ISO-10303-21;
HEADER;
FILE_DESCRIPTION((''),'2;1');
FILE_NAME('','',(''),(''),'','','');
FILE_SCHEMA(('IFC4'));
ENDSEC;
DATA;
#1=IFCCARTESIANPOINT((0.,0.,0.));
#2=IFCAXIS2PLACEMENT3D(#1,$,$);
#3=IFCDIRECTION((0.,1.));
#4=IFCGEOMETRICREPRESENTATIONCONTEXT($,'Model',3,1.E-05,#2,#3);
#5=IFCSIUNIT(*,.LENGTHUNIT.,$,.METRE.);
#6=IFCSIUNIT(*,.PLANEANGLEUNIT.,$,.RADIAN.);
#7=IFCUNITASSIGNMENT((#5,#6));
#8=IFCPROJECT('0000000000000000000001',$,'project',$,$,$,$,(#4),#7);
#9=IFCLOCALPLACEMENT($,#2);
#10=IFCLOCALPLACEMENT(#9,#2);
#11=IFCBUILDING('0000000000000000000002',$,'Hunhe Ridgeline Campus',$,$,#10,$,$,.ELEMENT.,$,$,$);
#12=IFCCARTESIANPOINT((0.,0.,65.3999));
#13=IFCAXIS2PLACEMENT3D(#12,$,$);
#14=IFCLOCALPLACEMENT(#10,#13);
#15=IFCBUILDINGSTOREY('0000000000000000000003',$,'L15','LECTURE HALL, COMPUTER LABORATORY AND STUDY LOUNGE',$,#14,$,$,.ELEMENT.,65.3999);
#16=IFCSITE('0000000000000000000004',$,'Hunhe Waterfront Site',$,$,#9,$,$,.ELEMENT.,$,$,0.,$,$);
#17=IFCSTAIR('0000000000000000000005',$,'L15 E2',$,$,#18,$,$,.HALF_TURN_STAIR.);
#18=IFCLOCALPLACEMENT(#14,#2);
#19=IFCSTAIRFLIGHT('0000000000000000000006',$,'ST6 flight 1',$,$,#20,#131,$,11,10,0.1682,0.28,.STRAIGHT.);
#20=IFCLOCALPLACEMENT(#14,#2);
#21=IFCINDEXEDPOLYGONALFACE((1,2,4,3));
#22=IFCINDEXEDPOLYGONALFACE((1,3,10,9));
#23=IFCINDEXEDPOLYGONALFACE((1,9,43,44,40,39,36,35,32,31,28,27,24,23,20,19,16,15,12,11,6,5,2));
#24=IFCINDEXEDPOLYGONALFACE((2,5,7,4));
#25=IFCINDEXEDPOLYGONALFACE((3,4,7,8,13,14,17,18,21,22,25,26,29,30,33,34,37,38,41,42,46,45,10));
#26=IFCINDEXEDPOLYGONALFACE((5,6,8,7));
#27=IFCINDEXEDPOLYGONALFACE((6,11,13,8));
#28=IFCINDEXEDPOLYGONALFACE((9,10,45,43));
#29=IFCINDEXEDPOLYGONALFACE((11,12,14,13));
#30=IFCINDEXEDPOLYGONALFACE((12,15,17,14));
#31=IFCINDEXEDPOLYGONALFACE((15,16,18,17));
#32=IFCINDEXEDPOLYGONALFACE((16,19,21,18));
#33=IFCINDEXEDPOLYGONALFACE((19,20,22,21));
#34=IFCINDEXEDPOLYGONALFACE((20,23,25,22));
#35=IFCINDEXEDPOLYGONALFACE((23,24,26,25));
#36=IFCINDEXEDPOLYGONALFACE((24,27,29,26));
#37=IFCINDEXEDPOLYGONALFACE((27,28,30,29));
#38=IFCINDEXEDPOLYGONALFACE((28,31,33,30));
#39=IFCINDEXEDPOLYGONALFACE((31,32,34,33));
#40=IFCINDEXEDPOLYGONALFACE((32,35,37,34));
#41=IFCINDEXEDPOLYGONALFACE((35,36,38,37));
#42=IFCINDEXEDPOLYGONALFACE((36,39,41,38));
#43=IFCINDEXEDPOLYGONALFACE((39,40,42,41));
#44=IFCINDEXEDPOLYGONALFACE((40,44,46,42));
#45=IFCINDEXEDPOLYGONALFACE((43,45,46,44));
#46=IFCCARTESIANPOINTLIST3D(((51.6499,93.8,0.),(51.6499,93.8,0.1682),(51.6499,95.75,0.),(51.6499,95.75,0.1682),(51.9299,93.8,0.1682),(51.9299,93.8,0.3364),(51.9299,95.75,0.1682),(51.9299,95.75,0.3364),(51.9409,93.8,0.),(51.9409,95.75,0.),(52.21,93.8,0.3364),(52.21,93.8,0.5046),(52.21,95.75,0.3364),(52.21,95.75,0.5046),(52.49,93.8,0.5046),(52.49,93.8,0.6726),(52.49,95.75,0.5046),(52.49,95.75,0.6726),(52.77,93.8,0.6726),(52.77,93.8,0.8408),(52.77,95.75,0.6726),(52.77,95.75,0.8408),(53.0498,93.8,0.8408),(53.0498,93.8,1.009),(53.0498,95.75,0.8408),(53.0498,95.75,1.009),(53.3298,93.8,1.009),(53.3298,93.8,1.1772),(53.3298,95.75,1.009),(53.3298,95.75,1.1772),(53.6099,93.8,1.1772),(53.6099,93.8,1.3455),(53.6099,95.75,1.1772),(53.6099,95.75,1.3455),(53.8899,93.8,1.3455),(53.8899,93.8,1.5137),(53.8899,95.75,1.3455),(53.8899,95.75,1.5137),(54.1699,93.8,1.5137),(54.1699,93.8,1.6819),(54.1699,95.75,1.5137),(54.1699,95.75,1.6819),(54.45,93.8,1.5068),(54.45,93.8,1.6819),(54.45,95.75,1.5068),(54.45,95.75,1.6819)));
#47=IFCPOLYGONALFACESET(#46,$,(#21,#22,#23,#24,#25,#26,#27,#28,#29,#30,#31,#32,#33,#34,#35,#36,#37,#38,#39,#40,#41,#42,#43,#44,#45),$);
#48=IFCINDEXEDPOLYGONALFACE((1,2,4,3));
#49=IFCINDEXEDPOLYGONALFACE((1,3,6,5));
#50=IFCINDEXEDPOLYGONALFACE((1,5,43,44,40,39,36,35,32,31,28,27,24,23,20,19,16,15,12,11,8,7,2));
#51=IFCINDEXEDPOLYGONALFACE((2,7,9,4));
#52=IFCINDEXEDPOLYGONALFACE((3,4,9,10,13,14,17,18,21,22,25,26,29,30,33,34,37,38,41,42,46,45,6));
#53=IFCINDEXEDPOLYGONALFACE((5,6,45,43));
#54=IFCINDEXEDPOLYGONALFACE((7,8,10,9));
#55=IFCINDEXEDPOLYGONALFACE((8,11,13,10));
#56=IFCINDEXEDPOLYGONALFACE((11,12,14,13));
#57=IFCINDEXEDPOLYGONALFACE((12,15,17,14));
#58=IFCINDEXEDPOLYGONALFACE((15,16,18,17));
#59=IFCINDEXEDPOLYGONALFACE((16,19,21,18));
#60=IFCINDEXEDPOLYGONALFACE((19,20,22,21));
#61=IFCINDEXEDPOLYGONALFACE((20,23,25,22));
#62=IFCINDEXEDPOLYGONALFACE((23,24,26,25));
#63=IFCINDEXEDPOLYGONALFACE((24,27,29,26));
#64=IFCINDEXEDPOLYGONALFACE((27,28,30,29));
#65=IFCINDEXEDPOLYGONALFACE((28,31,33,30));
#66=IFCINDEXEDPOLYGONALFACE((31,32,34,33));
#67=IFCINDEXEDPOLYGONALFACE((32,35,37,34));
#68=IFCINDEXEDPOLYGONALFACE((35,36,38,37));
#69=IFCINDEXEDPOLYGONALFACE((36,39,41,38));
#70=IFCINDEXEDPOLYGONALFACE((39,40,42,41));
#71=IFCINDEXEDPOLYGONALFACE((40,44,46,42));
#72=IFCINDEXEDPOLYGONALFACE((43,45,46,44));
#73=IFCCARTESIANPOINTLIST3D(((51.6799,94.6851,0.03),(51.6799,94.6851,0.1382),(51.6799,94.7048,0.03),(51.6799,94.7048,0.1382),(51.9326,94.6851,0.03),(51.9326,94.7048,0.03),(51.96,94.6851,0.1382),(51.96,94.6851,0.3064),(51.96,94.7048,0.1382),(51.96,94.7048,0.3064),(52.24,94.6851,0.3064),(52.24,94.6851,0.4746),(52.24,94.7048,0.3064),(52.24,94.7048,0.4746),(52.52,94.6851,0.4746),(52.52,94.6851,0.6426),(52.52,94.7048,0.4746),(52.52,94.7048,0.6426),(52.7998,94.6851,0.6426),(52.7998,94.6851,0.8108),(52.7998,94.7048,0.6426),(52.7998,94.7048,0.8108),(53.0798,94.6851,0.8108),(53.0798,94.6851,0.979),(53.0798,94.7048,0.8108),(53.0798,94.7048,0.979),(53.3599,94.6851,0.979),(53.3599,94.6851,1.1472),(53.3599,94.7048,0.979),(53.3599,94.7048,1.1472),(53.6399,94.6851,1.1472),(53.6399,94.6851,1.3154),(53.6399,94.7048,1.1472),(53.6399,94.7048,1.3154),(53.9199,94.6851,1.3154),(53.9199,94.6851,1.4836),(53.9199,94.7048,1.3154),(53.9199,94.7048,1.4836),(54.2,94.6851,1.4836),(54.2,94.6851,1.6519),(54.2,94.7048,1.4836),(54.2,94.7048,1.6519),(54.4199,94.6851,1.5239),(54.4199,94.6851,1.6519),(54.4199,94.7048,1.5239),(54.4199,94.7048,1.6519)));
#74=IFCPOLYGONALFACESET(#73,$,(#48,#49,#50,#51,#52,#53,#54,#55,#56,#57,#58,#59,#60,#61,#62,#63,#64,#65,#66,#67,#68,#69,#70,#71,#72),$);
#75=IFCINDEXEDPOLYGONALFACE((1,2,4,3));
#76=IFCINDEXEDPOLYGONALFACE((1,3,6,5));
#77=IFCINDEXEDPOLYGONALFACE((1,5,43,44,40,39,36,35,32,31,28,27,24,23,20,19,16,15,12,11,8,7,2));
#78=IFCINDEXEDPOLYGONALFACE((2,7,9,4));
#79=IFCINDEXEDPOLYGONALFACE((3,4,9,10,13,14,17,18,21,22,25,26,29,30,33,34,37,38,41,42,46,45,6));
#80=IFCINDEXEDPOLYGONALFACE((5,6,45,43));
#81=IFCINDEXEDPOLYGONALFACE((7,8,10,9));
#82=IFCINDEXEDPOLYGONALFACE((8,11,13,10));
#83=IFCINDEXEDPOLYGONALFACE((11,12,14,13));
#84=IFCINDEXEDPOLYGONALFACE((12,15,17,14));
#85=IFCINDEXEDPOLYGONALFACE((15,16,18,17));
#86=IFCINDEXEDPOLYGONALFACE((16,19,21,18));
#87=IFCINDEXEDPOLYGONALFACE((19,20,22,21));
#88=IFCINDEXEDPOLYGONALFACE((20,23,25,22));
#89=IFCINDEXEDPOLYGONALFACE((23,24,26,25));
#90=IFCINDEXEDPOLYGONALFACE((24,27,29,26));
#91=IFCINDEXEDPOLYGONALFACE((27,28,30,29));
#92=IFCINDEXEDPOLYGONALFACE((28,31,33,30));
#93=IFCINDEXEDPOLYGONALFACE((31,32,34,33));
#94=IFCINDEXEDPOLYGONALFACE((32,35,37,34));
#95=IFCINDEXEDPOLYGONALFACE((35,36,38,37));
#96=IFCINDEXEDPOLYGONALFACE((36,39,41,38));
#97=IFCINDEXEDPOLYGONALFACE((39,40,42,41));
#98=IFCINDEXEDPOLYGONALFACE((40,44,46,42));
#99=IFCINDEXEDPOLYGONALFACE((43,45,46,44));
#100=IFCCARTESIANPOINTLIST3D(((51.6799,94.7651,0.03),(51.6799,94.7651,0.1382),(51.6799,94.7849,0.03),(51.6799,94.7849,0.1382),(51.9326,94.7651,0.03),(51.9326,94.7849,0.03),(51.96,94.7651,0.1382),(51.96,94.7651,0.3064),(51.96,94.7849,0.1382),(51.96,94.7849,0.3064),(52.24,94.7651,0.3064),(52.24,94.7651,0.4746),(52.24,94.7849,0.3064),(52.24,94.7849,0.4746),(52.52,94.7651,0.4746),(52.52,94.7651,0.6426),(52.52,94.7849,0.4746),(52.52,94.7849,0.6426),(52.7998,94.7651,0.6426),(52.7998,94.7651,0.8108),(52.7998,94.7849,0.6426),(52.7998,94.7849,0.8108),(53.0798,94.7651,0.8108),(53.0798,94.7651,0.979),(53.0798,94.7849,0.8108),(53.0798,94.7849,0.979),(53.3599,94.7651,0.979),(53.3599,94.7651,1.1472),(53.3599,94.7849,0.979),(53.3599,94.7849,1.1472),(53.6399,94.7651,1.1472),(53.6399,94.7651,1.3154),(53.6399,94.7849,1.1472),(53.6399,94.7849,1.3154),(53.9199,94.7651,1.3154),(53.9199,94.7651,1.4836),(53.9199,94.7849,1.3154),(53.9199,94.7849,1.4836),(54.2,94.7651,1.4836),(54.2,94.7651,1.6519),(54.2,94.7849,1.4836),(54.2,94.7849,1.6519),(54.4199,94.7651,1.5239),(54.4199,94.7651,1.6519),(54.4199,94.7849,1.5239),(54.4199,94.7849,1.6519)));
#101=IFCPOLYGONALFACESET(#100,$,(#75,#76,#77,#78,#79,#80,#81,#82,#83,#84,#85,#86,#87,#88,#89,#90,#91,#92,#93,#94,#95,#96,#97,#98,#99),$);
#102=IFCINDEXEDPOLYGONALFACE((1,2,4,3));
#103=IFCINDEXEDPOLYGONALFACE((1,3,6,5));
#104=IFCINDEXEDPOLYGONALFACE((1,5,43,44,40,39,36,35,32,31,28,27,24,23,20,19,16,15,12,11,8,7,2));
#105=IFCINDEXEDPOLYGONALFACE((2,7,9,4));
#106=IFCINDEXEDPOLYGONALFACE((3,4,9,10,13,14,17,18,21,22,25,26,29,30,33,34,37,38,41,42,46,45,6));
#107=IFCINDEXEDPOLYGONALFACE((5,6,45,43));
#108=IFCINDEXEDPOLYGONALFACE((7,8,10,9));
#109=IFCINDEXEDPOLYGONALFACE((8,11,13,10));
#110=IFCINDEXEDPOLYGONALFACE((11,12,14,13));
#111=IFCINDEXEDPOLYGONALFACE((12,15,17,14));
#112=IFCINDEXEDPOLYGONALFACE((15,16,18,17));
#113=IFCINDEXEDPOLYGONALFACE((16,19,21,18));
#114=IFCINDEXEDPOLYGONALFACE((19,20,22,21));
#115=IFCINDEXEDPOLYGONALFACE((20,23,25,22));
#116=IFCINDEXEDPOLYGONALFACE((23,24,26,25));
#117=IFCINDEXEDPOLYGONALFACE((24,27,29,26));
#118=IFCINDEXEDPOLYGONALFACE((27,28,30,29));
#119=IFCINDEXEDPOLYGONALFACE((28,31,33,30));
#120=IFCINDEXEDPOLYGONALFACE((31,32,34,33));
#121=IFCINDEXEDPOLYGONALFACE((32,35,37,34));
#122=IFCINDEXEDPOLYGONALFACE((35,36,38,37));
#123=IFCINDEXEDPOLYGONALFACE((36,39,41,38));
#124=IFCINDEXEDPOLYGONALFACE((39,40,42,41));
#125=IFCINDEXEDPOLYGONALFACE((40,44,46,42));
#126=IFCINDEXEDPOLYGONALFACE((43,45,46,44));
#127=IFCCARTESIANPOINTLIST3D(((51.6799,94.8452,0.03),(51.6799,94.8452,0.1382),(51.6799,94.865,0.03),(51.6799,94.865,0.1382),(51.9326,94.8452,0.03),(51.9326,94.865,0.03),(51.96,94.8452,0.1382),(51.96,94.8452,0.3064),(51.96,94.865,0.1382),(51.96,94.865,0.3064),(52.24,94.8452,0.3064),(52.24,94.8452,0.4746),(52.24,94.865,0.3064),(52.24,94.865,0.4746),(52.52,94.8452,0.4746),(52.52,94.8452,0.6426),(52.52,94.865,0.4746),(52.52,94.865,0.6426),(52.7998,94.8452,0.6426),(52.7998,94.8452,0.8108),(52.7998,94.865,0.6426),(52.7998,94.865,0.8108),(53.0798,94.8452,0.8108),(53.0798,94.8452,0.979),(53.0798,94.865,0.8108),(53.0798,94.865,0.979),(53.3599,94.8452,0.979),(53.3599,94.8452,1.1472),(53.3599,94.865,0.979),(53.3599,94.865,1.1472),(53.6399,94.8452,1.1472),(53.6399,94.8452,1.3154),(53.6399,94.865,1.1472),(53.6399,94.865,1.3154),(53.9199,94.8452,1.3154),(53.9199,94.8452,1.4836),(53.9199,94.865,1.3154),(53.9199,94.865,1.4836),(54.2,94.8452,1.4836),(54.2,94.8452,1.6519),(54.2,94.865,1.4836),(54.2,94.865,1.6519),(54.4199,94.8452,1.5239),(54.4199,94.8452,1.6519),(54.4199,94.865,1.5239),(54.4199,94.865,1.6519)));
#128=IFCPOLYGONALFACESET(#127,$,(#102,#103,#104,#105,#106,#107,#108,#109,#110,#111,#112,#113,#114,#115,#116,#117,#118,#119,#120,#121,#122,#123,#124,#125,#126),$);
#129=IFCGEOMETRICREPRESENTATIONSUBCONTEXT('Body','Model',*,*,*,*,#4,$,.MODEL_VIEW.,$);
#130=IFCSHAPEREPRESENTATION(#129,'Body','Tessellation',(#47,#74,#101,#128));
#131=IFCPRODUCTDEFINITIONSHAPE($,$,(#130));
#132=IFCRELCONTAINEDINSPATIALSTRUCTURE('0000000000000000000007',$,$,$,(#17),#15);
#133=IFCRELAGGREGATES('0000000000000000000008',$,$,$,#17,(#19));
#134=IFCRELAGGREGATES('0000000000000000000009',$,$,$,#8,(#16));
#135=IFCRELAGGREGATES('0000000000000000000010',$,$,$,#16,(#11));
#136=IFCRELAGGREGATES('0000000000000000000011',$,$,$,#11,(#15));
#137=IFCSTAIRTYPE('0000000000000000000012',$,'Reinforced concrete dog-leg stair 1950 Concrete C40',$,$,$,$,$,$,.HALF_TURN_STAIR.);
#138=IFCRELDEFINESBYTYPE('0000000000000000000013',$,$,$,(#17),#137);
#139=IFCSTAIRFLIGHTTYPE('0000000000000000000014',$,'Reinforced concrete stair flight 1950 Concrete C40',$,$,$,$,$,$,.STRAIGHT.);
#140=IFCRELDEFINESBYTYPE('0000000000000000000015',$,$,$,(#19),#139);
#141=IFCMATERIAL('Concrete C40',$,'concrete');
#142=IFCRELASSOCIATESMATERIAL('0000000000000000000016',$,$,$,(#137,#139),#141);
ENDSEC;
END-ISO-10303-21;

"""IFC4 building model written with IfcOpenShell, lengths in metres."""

from ifc_helpers import new_model, si_unit, direction, frame, origin, place, context, subcontext, project, spatial, polyline, outline, extrude, material, type_object, element, aggregate, save


model = new_model("IFC4")

# Units and contexts
model_context = context("Model", 3, precision=1e-05, world=origin(), true_north=direction((0.0, 1.0)))
body_context = subcontext(model_context, "Body", "Model", "MODEL_VIEW")
ifc_project = project(units=[si_unit("LENGTHUNIT", "METRE"), si_unit("PLANEANGLEUNIT", "RADIAN")], contexts=[model_context])

# Site, building, storey
site_placement = place(None, origin())
site = spatial("IfcSite", under=ifc_project, at=site_placement, Name="Hunhe Waterfront Site", CompositionType="ELEMENT", RefElevation=0.0)
building_placement = place(site_placement, origin())
building = spatial("IfcBuilding", under=site, at=building_placement, Name="Hunhe Ridgeline Campus", CompositionType="ELEMENT")
storey_placement = place(building_placement, frame((0.0, 0.0, 65.3999)))
storey = spatial("IfcBuildingStorey", under=building, at=storey_placement, Name="L15", Description="LECTURE HALL, COMPUTER LABORATORY AND STUDY LOUNGE", CompositionType="ELEMENT", Elevation=65.3999)

# Stair, stair flight
ifc_material_1 = material(Name="Concrete C40", Category="concrete")
stair_type = type_object("IfcStairType", Name="Reinforced concrete dog-leg stair 1950 Concrete C40", PredefinedType="HALF_TURN_STAIR", material=ifc_material_1)
stair_flight_type = type_object("IfcStairFlightType", Name="Reinforced concrete stair flight 1950 Concrete C40", PredefinedType="STRAIGHT", material=ifc_material_1)
stair_1_placement = place(storey_placement, origin())
stair_1 = element("IfcStair", 1, at=stair_1_placement, inside=storey, type_object=stair_type, Name="L15 E2", PredefinedType="HALF_TURN_STAIR")
stair_flight_1_placement = place(storey_placement, frame((51.6499, 94.7749, 0.0), z_axis=(0.0, 0.0, 1.0), x_axis=(1.0, 0.0, 0.0)))
stair_flight_1 = element("IfcStairFlight", 2, at=stair_flight_1_placement, type_object=stair_flight_type, Name="ST6 flight 1", NumberOfRisers=11, NumberOfTreads=10, PredefinedType="STRAIGHT", RiserHeight=0.1682, TreadLength=0.28, context=body_context, shape_type="SweptSolid", body=[
    extrude(outline(polyline([(0.0, 0.0), (0.0, 0.1682), (0.28, 0.1682), (0.28, 0.3364), (0.5601, 0.3364), (0.5601, 0.5046), (0.8401, 0.5046), (0.8401, 0.6726), (1.1201, 0.6726), (1.1201, 0.8408), (1.3999, 0.8408), (1.3999, 1.009), (1.6799, 1.009), (1.6799, 1.1772), (1.96, 1.1772), (1.96, 1.3455), (2.24, 1.3455), (2.24, 1.5137), (2.52, 1.5137), (2.52, 1.6819), (2.8, 1.6819), (2.8, 1.8501), (2.8, 1.5068), (0.291, 0.0), (0.0, 0.0)])), frame((0.0, 0.9751, 0.0), z_axis=(0.0, -1.0, 0.0), x_axis=(1.0, 0.0, 0.0)), (0.0, 0.0, 1.0), 1.95),
    extrude(outline(polyline([(0.03, 0.03), (0.03, 0.1382), (0.3101, 0.1382), (0.3101, 0.3064), (0.5901, 0.3064), (0.5901, 0.4746), (0.8701, 0.4746), (0.8701, 0.6426), (1.1499, 0.6426), (1.1499, 0.8108), (1.4299, 0.8108), (1.4299, 0.979), (1.71, 0.979), (1.71, 1.1472), (1.99, 1.1472), (1.99, 1.3154), (2.27, 1.3154), (2.27, 1.4836), (2.55, 1.4836), (2.55, 1.6519), (2.77, 1.6519), (2.77, 1.5239), (0.2827, 0.03), (0.03, 0.03)])), frame((0.0, -0.0701, 0.0), z_axis=(0.0, -1.0, 0.0), x_axis=(1.0, 0.0, 0.0)), (0.0, 0.0, 1.0), 0.0198),
    extrude(outline(polyline([(0.03, 0.03), (0.03, 0.1382), (0.3101, 0.1382), (0.3101, 0.3064), (0.5901, 0.3064), (0.5901, 0.4746), (0.8701, 0.4746), (0.8701, 0.6426), (1.1499, 0.6426), (1.1499, 0.8108), (1.4299, 0.8108), (1.4299, 0.979), (1.71, 0.979), (1.71, 1.1472), (1.99, 1.1472), (1.99, 1.3154), (2.27, 1.3154), (2.27, 1.4836), (2.55, 1.4836), (2.55, 1.6519), (2.77, 1.6519), (2.77, 1.5239), (0.2827, 0.03), (0.03, 0.03)])), frame((0.0, 0.01, 0.0), z_axis=(0.0, -1.0, 0.0), x_axis=(1.0, 0.0, 0.0)), (0.0, 0.0, 1.0), 0.0198),
    extrude(outline(polyline([(0.03, 0.03), (0.03, 0.1382), (0.3101, 0.1382), (0.3101, 0.3064), (0.5901, 0.3064), (0.5901, 0.4746), (0.8701, 0.4746), (0.8701, 0.6426), (1.1499, 0.6426), (1.1499, 0.8108), (1.4299, 0.8108), (1.4299, 0.979), (1.71, 0.979), (1.71, 1.1472), (1.99, 1.1472), (1.99, 1.3154), (2.27, 1.3154), (2.27, 1.4836), (2.55, 1.4836), (2.55, 1.6519), (2.77, 1.6519), (2.77, 1.5239), (0.2827, 0.03), (0.03, 0.03)])), frame((0.0, 0.0901, 0.0), z_axis=(0.0, -1.0, 0.0), x_axis=(1.0, 0.0, 0.0)), (0.0, 0.0, 1.0), 0.0198),
])
aggregate(stair_1, [stair_flight_1])

save(model, "model.ifc")
